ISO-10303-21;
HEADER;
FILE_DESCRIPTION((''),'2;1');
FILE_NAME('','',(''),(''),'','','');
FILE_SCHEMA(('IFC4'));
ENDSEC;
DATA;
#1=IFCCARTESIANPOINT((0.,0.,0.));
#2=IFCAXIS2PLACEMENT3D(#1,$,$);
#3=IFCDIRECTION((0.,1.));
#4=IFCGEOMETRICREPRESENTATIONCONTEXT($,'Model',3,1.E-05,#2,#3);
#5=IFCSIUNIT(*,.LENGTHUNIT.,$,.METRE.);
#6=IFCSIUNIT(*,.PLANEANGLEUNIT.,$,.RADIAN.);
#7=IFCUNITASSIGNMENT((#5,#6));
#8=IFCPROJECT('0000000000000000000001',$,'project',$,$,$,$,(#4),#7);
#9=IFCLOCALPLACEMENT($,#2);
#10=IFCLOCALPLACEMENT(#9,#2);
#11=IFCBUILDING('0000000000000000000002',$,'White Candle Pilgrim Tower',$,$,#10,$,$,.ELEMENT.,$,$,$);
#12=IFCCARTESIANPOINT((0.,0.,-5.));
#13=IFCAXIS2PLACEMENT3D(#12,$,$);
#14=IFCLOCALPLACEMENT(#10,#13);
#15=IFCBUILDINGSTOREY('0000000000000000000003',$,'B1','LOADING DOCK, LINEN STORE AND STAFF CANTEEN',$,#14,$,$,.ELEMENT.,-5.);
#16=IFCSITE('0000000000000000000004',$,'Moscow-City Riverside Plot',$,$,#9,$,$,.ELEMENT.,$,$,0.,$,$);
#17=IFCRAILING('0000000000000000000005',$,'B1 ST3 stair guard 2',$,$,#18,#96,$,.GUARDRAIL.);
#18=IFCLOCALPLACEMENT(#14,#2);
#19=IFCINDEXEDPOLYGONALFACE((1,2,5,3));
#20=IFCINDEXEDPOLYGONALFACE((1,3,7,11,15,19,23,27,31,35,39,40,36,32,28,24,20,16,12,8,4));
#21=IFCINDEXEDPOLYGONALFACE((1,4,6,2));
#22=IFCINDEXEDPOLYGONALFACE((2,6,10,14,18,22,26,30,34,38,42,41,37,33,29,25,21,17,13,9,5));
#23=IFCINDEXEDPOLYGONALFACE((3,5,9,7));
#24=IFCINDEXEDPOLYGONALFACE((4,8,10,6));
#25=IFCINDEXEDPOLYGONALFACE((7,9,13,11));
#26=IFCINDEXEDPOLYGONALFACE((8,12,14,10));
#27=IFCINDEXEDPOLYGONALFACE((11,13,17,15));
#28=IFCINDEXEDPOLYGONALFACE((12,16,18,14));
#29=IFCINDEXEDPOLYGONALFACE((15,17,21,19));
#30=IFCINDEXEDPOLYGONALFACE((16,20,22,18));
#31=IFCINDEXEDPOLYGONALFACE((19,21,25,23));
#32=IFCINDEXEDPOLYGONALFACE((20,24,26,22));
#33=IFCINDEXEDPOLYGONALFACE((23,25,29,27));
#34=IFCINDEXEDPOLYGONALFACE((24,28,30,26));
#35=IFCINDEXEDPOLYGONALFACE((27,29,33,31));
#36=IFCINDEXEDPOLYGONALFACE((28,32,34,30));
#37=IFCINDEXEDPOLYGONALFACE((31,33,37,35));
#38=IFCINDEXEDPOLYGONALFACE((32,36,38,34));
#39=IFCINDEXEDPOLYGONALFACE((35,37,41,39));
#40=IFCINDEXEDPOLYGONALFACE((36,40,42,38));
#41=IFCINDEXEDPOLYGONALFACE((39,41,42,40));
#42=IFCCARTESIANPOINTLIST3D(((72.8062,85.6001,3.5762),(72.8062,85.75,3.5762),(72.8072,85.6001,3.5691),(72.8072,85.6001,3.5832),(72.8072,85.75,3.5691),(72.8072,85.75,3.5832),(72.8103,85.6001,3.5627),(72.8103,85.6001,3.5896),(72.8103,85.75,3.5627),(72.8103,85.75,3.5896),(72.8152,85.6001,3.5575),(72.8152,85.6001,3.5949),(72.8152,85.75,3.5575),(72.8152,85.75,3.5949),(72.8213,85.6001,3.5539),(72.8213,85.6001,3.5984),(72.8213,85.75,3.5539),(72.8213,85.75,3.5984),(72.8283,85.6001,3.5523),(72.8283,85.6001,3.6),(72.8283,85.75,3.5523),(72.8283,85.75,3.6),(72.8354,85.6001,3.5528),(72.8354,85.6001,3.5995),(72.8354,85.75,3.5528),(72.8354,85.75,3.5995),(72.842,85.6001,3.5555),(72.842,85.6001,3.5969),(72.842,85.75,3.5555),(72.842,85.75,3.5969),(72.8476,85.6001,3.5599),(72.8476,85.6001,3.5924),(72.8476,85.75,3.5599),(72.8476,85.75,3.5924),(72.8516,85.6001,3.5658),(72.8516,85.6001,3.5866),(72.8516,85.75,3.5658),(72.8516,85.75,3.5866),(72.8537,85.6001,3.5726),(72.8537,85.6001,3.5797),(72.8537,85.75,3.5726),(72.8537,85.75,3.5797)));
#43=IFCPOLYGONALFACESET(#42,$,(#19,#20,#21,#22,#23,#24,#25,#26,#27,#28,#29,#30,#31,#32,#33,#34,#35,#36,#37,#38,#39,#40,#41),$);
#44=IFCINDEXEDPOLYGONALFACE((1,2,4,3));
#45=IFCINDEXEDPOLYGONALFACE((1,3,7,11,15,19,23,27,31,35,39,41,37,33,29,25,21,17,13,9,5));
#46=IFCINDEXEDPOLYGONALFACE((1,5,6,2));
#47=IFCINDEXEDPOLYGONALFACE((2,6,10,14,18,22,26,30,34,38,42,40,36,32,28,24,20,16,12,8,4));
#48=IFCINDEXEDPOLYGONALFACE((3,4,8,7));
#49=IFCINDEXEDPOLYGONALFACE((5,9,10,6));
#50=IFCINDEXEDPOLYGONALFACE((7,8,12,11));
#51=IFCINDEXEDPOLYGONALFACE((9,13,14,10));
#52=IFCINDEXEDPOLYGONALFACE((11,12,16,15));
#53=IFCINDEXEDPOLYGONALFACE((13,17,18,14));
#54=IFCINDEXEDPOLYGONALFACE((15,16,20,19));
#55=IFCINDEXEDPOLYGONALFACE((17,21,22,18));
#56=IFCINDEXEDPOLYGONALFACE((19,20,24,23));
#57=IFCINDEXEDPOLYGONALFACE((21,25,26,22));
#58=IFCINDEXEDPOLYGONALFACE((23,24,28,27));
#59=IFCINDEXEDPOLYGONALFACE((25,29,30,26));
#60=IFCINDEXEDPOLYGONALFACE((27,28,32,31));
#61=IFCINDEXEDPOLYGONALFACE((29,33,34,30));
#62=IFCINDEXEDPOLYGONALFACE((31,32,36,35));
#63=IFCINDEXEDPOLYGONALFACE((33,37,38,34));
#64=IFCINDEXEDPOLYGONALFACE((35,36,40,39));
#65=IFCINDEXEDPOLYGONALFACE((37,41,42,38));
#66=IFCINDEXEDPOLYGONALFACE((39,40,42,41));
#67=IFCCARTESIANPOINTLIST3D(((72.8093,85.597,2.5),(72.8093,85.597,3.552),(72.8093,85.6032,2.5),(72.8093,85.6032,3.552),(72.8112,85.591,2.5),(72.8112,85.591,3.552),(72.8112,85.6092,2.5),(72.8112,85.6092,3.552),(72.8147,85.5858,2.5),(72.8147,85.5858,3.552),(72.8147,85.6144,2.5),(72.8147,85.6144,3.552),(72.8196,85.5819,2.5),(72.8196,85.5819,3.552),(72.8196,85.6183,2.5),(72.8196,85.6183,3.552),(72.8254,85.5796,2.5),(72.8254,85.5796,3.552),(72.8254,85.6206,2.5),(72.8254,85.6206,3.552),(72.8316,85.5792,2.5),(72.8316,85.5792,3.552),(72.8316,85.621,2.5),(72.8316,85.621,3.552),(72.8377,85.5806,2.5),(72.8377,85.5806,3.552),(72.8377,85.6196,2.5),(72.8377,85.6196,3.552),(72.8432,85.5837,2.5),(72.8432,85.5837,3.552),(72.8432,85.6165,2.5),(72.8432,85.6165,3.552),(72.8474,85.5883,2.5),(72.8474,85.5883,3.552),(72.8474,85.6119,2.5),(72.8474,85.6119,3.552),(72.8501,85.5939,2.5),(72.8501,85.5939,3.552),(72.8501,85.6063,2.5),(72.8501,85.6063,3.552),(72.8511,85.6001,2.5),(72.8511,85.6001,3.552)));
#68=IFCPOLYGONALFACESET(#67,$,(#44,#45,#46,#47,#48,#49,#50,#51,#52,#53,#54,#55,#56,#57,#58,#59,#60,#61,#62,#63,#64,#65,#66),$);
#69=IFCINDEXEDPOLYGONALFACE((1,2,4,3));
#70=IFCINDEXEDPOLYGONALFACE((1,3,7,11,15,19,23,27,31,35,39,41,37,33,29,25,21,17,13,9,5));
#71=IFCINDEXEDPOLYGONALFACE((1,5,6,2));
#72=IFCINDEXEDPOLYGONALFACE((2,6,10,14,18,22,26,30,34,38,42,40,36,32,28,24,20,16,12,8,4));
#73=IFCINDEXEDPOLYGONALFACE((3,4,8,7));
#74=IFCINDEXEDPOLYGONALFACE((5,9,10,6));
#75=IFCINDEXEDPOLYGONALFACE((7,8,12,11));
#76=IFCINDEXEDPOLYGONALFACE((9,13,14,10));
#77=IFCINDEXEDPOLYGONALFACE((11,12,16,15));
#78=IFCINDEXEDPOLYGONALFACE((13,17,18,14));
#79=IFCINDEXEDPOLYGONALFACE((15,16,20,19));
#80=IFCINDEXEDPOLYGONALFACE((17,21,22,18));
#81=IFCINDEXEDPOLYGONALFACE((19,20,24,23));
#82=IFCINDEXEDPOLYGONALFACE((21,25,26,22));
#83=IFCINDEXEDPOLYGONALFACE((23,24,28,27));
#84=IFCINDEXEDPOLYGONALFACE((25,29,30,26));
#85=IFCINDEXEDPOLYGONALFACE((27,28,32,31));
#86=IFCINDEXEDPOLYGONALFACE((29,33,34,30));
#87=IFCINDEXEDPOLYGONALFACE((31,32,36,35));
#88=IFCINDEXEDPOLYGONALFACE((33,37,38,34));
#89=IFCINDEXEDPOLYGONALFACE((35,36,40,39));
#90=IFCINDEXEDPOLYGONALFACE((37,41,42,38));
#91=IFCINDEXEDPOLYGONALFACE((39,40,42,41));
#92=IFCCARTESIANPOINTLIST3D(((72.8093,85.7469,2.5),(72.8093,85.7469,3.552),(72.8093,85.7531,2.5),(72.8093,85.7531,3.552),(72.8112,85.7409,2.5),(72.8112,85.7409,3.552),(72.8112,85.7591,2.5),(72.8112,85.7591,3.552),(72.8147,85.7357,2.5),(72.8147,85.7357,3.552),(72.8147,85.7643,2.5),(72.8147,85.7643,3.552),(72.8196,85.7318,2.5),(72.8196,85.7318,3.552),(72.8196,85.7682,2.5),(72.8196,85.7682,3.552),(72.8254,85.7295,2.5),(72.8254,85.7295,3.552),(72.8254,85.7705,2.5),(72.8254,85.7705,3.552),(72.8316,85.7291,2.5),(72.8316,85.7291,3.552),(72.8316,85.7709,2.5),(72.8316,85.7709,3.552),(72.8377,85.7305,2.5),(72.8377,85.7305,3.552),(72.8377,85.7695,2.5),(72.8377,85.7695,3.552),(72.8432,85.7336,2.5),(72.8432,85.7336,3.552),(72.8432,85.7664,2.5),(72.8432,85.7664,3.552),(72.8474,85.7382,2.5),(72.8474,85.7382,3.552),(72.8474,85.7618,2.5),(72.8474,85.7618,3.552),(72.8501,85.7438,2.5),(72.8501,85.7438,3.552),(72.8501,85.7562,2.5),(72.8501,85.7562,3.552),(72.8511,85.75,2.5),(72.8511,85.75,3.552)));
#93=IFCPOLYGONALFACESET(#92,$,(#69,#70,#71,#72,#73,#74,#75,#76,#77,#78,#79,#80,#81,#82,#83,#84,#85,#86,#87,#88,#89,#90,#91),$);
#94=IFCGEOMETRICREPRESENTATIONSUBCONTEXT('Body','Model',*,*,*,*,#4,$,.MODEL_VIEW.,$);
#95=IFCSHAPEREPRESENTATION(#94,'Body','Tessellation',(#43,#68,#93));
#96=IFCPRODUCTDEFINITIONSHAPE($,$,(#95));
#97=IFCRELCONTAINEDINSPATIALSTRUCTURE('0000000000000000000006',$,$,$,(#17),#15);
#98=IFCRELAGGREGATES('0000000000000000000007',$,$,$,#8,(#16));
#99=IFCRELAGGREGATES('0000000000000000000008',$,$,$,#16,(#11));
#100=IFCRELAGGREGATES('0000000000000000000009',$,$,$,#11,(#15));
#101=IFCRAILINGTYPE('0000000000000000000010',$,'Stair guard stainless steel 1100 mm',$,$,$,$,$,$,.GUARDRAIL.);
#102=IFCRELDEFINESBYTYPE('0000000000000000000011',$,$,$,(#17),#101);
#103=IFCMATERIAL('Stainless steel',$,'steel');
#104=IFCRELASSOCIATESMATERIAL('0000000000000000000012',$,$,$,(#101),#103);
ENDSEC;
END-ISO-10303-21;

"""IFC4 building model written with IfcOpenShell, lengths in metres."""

from ifc_helpers import new_model, si_unit, direction, frame, origin, origin_2d, place, context, subcontext, project, spatial, circle, extrude, material, type_object, element, save


model = new_model("IFC4")

# Units and contexts
model_context = context("Model", 3, precision=1e-05, world=origin(), true_north=direction((0.0, 1.0)))
body_context = subcontext(model_context, "Body", "Model", "MODEL_VIEW")
ifc_project = project(units=[si_unit("LENGTHUNIT", "METRE"), si_unit("PLANEANGLEUNIT", "RADIAN")], contexts=[model_context])

# Site, building, storey
site_placement = place(None, origin())
site = spatial("IfcSite", under=ifc_project, at=site_placement, Name="Moscow-City Riverside Plot", CompositionType="ELEMENT", RefElevation=0.0)
building_placement = place(site_placement, origin())
building = spatial("IfcBuilding", under=site, at=building_placement, Name="White Candle Pilgrim Tower", CompositionType="ELEMENT")
storey_placement = place(building_placement, frame((0.0, 0.0, -5.0)))
storey = spatial("IfcBuildingStorey", under=building, at=storey_placement, Name="B1", Description="LOADING DOCK, LINEN STORE AND STAFF CANTEEN", CompositionType="ELEMENT", Elevation=-5.0)

# Railing
ifc_material_1 = material(Name="Stainless steel", Category="steel")
railing_type_1 = type_object("IfcRailingType", Name="Stair guard stainless steel 1100 mm", PredefinedType="GUARDRAIL", material=ifc_material_1)
railing_1_placement = place(storey_placement, frame((72.8301, 85.6001, 2.5)))
element("IfcRailing", 1, at=railing_1_placement, inside=storey, type_object=railing_type_1, Name="B1 ST3 stair guard 2", PredefinedType="GUARDRAIL", context=body_context, shape_type="SweptSolid", body=[
    extrude(circle(Radius=0.0239, at=origin_2d()), frame((0.0, 0.0, 1.0762), z_axis=(0.0, 1.0, 0.0), x_axis=(-1.0, 0.0, 0.0)), (0.0, 0.0, 1.0), 0.1499),
    extrude(circle(Radius=0.021, at=origin_2d()), origin(), (0.0, 0.0, 1.0), 1.052),
    extrude(circle(Radius=0.021, at=origin_2d()), frame((0.0, 0.1499, 0.0)), (0.0, 0.0, 1.0), 1.052),
])

save(model, "model.ifc")
